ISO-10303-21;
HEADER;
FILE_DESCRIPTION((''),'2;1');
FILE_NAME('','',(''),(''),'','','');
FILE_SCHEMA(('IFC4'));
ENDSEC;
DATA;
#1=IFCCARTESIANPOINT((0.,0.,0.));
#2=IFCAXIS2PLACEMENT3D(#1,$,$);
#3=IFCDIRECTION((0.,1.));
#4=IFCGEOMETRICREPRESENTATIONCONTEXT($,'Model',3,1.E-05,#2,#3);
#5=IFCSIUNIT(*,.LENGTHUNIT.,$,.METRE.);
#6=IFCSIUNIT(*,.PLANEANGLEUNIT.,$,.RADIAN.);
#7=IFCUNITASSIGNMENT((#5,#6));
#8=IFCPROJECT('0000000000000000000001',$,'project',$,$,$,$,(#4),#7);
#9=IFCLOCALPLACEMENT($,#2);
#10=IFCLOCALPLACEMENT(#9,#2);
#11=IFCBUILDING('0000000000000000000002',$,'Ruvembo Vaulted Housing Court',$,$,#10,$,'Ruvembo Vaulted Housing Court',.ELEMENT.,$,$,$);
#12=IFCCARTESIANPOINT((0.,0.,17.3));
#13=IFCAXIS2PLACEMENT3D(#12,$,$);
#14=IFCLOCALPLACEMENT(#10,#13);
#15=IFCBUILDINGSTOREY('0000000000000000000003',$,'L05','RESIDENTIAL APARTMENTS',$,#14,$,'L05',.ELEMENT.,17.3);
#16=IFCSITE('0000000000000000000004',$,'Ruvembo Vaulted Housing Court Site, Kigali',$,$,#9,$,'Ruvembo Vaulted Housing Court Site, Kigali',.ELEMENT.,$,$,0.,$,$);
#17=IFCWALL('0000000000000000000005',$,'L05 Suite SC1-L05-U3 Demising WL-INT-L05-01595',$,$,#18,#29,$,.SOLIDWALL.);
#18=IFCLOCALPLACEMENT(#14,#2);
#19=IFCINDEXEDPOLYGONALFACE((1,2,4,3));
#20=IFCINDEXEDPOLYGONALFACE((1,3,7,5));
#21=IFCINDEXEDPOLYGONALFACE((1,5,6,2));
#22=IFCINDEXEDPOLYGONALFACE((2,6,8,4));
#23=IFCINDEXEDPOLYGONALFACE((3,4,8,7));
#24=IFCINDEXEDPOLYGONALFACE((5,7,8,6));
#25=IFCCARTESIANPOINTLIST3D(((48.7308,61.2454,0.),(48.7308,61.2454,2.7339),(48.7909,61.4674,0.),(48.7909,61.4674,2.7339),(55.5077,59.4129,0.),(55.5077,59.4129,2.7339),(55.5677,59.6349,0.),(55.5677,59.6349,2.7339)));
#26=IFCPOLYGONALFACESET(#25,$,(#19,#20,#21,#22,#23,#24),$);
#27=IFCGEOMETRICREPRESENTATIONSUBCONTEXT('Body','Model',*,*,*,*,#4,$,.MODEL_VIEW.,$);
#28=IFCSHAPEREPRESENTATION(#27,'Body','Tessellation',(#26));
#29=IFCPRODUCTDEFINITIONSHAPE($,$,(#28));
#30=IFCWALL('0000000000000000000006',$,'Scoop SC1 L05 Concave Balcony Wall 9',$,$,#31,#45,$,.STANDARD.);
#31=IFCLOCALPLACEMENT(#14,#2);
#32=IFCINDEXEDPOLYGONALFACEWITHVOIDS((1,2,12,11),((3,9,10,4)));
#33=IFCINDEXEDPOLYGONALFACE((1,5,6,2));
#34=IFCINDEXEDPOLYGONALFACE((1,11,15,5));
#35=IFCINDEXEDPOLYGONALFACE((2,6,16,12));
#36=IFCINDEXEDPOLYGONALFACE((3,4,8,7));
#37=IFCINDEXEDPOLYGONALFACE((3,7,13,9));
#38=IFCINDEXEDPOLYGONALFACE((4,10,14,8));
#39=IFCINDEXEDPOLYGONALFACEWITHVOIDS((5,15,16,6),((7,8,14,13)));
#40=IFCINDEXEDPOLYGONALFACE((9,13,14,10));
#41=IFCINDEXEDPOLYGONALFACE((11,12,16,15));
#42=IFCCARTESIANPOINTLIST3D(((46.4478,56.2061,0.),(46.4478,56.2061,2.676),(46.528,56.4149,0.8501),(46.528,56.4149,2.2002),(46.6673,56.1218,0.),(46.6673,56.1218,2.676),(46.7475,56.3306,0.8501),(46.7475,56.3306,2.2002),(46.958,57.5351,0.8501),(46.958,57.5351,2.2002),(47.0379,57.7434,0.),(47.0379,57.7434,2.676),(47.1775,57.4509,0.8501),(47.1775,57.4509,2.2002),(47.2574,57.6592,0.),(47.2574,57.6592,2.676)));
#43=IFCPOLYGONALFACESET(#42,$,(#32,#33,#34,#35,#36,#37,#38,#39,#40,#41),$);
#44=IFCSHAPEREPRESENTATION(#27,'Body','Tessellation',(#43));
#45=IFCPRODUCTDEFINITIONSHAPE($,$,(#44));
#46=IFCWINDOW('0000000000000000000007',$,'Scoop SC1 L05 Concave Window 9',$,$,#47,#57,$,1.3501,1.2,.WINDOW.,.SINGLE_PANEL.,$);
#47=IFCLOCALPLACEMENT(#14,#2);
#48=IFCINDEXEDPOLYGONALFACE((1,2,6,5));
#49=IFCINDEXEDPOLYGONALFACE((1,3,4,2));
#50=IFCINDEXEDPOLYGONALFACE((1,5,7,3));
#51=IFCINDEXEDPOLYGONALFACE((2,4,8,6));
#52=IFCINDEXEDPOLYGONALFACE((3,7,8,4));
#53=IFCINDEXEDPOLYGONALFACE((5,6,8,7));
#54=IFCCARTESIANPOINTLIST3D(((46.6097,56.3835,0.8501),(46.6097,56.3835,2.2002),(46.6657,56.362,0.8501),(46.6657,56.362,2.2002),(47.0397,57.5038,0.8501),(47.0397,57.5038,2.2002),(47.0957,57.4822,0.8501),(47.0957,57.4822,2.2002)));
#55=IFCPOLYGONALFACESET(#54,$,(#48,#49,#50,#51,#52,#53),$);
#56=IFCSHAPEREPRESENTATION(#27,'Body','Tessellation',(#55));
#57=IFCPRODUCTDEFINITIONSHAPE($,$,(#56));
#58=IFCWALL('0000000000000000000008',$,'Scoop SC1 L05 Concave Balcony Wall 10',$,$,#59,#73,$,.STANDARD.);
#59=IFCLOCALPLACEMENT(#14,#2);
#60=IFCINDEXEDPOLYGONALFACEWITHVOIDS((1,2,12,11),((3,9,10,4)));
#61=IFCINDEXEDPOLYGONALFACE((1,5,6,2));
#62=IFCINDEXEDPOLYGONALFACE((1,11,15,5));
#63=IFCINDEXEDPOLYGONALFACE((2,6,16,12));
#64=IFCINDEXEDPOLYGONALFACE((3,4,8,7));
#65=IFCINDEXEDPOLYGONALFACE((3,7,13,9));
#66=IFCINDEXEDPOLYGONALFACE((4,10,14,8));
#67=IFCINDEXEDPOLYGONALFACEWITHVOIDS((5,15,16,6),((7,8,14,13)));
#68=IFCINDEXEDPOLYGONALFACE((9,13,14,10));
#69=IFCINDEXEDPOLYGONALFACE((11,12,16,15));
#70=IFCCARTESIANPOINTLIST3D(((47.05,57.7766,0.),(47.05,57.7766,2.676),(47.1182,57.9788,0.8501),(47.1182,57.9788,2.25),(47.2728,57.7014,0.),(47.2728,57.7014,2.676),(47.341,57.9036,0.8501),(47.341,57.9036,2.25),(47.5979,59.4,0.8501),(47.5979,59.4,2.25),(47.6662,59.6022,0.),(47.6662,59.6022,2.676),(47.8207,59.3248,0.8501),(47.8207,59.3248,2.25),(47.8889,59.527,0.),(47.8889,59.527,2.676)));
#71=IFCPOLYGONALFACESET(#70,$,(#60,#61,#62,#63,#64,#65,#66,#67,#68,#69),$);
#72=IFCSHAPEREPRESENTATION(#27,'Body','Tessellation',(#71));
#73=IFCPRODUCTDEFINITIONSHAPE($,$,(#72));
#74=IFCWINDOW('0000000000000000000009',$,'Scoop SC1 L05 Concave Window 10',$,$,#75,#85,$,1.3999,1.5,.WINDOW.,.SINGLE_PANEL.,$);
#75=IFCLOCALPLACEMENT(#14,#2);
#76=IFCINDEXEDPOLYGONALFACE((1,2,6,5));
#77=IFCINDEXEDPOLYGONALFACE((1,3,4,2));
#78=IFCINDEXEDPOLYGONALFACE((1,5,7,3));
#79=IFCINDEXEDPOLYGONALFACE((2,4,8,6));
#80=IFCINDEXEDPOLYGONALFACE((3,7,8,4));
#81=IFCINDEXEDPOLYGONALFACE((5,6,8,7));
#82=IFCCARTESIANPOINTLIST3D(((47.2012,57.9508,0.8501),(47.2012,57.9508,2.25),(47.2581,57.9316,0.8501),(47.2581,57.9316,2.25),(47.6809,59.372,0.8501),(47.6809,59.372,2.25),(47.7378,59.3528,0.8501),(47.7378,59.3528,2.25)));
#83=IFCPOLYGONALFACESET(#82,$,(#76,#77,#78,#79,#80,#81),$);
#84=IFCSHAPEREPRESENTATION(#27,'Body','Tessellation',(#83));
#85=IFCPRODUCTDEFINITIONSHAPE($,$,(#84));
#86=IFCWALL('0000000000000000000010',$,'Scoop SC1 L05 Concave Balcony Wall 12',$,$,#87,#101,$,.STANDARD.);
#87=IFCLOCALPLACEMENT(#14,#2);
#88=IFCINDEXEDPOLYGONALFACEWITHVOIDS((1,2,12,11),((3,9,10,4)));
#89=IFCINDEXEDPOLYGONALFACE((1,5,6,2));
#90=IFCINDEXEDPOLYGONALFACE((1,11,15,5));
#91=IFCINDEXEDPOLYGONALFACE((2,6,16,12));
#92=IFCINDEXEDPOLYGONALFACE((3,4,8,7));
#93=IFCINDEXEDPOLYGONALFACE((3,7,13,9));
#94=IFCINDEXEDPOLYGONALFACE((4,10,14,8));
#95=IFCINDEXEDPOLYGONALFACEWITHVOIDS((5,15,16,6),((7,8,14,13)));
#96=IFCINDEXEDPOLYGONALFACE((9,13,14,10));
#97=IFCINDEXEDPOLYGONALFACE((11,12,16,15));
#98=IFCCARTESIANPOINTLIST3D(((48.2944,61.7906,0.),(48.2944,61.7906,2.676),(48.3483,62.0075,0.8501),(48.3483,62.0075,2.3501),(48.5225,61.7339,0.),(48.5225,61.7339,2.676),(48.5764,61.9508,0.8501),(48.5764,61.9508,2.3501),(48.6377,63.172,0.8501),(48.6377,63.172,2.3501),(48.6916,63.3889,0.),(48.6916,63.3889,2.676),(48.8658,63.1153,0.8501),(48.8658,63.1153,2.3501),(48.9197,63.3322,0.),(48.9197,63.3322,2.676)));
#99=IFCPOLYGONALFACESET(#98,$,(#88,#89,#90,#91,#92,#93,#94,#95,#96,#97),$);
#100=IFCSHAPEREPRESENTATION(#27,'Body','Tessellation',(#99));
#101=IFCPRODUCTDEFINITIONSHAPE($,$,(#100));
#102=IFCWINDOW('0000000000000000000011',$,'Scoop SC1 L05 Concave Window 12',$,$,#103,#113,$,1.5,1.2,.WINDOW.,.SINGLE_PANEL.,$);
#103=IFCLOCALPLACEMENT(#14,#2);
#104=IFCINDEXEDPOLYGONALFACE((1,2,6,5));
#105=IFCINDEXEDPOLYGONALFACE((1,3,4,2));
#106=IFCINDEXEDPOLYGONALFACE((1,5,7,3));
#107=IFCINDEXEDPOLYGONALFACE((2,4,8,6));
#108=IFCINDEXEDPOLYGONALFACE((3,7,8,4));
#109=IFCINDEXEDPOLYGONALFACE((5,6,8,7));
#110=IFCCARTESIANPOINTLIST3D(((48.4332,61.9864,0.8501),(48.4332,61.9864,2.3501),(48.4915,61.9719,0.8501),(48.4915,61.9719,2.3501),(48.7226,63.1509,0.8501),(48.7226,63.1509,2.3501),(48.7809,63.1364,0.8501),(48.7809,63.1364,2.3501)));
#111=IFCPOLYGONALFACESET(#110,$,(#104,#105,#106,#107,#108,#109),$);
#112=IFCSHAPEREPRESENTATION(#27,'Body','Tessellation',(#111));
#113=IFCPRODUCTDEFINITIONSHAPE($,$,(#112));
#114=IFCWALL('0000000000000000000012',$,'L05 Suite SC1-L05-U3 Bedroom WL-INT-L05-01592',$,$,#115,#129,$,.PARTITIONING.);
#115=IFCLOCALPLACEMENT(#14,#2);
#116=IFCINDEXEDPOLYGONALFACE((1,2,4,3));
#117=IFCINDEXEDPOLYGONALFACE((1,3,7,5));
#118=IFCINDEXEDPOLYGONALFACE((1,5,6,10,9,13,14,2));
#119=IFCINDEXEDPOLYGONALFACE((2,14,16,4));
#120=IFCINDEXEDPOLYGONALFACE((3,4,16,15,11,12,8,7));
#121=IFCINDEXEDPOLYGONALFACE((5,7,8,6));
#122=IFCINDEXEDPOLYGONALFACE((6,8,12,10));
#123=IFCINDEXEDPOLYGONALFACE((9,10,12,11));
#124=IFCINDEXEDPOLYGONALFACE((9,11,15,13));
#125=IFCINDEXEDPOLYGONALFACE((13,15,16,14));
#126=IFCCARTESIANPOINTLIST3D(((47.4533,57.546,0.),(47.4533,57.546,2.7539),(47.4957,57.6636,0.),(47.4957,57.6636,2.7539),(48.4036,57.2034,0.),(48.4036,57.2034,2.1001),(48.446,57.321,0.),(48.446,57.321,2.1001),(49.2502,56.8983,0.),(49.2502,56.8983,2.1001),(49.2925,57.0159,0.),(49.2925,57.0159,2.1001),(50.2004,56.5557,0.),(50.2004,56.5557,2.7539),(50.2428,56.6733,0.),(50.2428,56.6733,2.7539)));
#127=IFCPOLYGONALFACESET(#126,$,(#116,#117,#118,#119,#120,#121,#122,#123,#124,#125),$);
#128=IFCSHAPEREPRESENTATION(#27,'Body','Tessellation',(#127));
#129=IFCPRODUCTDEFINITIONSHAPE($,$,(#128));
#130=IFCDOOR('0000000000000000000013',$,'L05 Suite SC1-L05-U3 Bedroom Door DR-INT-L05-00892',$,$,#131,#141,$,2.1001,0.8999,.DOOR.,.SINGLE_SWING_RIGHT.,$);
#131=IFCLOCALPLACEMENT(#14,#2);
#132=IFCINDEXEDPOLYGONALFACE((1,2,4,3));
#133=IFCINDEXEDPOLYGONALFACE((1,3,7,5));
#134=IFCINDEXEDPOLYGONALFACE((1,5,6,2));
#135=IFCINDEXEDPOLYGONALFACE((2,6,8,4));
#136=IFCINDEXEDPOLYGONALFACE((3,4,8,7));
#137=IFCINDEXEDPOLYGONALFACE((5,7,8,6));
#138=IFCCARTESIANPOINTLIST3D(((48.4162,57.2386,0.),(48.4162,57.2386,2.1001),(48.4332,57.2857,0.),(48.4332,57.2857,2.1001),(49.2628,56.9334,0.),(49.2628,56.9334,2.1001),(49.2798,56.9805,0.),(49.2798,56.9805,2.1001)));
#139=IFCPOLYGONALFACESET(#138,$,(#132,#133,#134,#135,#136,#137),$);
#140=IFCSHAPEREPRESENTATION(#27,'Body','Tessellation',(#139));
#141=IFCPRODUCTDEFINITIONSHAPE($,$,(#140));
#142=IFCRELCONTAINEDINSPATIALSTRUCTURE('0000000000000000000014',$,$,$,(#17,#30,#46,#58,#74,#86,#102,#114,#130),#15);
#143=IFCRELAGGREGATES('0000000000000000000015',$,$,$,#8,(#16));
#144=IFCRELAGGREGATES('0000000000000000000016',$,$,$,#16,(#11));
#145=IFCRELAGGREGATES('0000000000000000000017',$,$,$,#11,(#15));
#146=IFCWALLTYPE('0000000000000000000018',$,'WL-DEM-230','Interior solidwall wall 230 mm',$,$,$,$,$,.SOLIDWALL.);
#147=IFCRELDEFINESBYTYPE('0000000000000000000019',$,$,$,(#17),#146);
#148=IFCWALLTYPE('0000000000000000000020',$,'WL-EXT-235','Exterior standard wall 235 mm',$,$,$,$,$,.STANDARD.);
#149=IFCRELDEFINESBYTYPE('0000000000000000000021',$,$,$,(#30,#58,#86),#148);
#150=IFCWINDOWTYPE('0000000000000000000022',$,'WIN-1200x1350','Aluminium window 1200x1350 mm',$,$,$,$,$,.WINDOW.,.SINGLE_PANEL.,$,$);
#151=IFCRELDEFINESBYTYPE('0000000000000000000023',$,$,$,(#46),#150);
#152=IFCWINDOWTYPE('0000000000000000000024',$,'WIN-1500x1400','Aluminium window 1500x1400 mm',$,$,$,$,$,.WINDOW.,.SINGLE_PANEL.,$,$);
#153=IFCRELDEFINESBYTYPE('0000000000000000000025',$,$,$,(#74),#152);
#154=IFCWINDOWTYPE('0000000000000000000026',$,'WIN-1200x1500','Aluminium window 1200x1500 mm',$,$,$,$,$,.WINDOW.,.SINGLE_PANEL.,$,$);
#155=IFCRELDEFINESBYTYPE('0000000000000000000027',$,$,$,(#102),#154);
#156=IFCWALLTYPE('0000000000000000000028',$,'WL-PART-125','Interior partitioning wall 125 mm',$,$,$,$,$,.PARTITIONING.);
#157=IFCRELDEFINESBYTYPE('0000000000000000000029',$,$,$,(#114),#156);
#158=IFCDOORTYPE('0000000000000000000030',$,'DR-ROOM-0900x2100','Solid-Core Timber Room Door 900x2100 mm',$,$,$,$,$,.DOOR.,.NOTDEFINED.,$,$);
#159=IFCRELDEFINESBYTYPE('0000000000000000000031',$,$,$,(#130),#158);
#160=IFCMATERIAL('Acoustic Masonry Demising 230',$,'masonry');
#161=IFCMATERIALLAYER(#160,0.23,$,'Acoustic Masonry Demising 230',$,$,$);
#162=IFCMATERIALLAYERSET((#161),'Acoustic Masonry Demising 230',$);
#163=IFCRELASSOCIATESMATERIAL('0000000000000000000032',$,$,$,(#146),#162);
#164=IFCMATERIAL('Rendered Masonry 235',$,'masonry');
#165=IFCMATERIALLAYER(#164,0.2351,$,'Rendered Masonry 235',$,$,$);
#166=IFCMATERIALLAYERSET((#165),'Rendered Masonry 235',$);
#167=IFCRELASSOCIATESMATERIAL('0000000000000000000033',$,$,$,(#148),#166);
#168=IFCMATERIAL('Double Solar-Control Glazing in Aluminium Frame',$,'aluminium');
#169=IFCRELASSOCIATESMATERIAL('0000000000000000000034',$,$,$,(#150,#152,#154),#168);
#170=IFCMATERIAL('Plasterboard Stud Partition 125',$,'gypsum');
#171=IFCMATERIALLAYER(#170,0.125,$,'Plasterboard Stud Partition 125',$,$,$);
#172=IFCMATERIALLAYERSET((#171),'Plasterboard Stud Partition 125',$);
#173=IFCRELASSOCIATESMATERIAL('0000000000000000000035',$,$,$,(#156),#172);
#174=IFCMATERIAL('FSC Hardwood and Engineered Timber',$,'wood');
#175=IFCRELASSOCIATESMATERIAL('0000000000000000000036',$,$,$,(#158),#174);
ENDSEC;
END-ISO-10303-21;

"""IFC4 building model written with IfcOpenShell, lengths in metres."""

from ifc_helpers import new_model, si_unit, direction, frame, frame_2d, origin, place, context, subcontext, project, spatial, rectangle, extrude, material, layer, layer_set, type_object, element, fill, save


model = new_model("IFC4")

# Units and contexts
model_context = context("Model", 3, precision=1e-05, world=origin(), true_north=direction((0.0, 1.0)))
body_context = subcontext(model_context, "Body", "Model", "MODEL_VIEW")
ifc_project = project(units=[si_unit("LENGTHUNIT", "METRE"), si_unit("PLANEANGLEUNIT", "RADIAN")], contexts=[model_context])

# Site, building, storey
site_placement = place(None, origin())
site = spatial("IfcSite", under=ifc_project, at=site_placement, Name="Ruvembo Vaulted Housing Court Site, Kigali", LongName="Ruvembo Vaulted Housing Court Site, Kigali", CompositionType="ELEMENT", RefElevation=0.0)
building_placement = place(site_placement, origin())
building = spatial("IfcBuilding", under=site, at=building_placement, Name="Ruvembo Vaulted Housing Court", LongName="Ruvembo Vaulted Housing Court", CompositionType="ELEMENT")
storey_placement = place(building_placement, frame((0.0, 0.0, 17.3)))
storey = spatial("IfcBuildingStorey", under=building, at=storey_placement, Name="L05", Description="RESIDENTIAL APARTMENTS", LongName="L05", CompositionType="ELEMENT", Elevation=17.3)

# Shared definitions
ifc_material_1 = material(Name="FSC Hardwood and Engineered Timber", Category="wood")

# Wall
ifc_material_2 = material(Name="Acoustic Masonry Demising 230", Category="masonry")
ifc_layer_1 = layer(ifc_material_2, 0.23, Name="Acoustic Masonry Demising 230")
ifc_layer_set_1 = layer_set([ifc_layer_1], Name="Acoustic Masonry Demising 230")
wall_type_1 = type_object("IfcWallType", Name="WL-DEM-230", Description="Interior solidwall wall 230 mm", PredefinedType="SOLIDWALL", material=ifc_layer_set_1)
wall_1_placement = place(storey_placement, frame((48.7607, 61.3564, 0.0), z_axis=(0.0, 0.0, 1.0), x_axis=(0.96533, -0.261033, 0.0)))
element("IfcWall", 1, at=wall_1_placement, inside=storey, type_object=wall_type_1, Name="L05 Suite SC1-L05-U3 Demising WL-INT-L05-01595", PredefinedType="SOLIDWALL", context=body_context, shape_type="SweptSolid", body=[
    extrude(rectangle(XDim=7.0203, YDim=0.23, at=frame_2d((3.5103, 0.0))), origin(), (0.0, 0.0, 1.0), 2.7339),
])

# Walls, openings, windows
ifc_material_3 = material(Name="Rendered Masonry 235", Category="masonry")
ifc_layer_2 = layer(ifc_material_3, 0.2351, Name="Rendered Masonry 235")
ifc_layer_set_2 = layer_set([ifc_layer_2], Name="Rendered Masonry 235")
wall_type_2 = type_object("IfcWallType", Name="WL-EXT-235", Description="Exterior standard wall 235 mm", PredefinedType="STANDARD", material=ifc_layer_set_2)
wall_2_placement = place(storey_placement, frame((46.5576, 56.1641, 0.0), z_axis=(0.0, 0.0, 1.0), x_axis=(0.358343, 0.93359, 0.0)))
wall_2 = element("IfcWall", 2, at=wall_2_placement, inside=storey, type_object=wall_type_2, Name="Scoop SC1 L05 Concave Balcony Wall 9", PredefinedType="STANDARD", context=body_context, shape_type="SweptSolid", body=[
    extrude(rectangle(XDim=1.6467, YDim=0.2351, at=frame_2d((0.8232, 0.0))), origin(), (0.0, 0.0, 1.0), 2.676),
])
opening_1_placement = place(wall_2_placement, frame((0.2234, 0.0, 0.8501)))
opening_1 = element("IfcOpeningElement", 3, at=opening_1_placement, cuts=wall_2, PredefinedType="OPENING", context=body_context, shape_type="SweptSolid", body=[
    extrude(rectangle(XDim=1.2, YDim=1.3501, at=frame_2d((0.6001, 0.675))), frame((0.0, 0.1274, 0.0), z_axis=(0.0, -1.0, 0.0), x_axis=(1.0, 0.0, 0.0)), (0.0, 0.0, 1.0), 0.2551),
])
ifc_material_4 = material(Name="Double Solar-Control Glazing in Aluminium Frame", Category="aluminium")
window_type_1 = type_object("IfcWindowType", Name="WIN-1200x1350", Description="Aluminium window 1200x1350 mm", PartitioningType="SINGLE_PANEL", PredefinedType="WINDOW", material=ifc_material_4)
window_1_placement = place(opening_1_placement, origin())
window_1 = element("IfcWindow", 4, at=window_1_placement, inside=storey, type_object=window_type_1, Name="Scoop SC1 L05 Concave Window 9", OverallHeight=1.3501, OverallWidth=1.2, PartitioningType="SINGLE_PANEL", PredefinedType="WINDOW", context=body_context, shape_type="SweptSolid", body=[
    extrude(rectangle(XDim=1.2, YDim=1.3501, at=frame_2d((0.6001, 0.675))), frame((0.0, 0.03, 0.0), z_axis=(0.0, -1.0, 0.0), x_axis=(1.0, 0.0, 0.0)), (0.0, 0.0, 1.0), 0.0601),
])
fill(opening_1, window_1)
wall_3_placement = place(storey_placement, frame((47.1614, 57.739, 0.0), z_axis=(0.0, 0.0, 1.0), x_axis=(0.319799, 0.947486, 0.0)))
wall_3 = element("IfcWall", 5, at=wall_3_placement, inside=storey, type_object=wall_type_2, Name="Scoop SC1 L05 Concave Balcony Wall 10", PredefinedType="STANDARD", context=body_context, shape_type="SweptSolid", body=[
    extrude(rectangle(XDim=1.9268, YDim=0.2351, at=frame_2d((0.9634, 0.0))), origin(), (0.0, 0.0, 1.0), 2.676),
])
opening_2_placement = place(wall_3_placement, frame((0.2134, 0.0, 0.8501)))
opening_2 = element("IfcOpeningElement", 6, at=opening_2_placement, cuts=wall_3, PredefinedType="OPENING", context=body_context, shape_type="SweptSolid", body=[
    extrude(rectangle(XDim=1.5, YDim=1.3999, at=frame_2d((0.75, 0.7))), frame((0.0, 0.1274, 0.0), z_axis=(0.0, -1.0, 0.0), x_axis=(1.0, 0.0, 0.0)), (0.0, 0.0, 1.0), 0.2551),
])
window_type_2 = type_object("IfcWindowType", Name="WIN-1500x1400", Description="Aluminium window 1500x1400 mm", PartitioningType="SINGLE_PANEL", PredefinedType="WINDOW", material=ifc_material_4)
window_2_placement = place(opening_2_placement, origin())
window_2 = element("IfcWindow", 7, at=window_2_placement, inside=storey, type_object=window_type_2, Name="Scoop SC1 L05 Concave Window 10", OverallHeight=1.3999, OverallWidth=1.5, PartitioningType="SINGLE_PANEL", PredefinedType="WINDOW", context=body_context, shape_type="SweptSolid", body=[
    extrude(rectangle(XDim=1.5, YDim=1.3999, at=frame_2d((0.75, 0.7))), frame((0.0, 0.03, 0.0), z_axis=(0.0, -1.0, 0.0), x_axis=(1.0, 0.0, 0.0)), (0.0, 0.0, 1.0), 0.0601),
])
fill(opening_2, window_2)

# Wall, opening, window
wall_4_placement = place(storey_placement, frame((48.4084, 61.7622, 0.0), z_axis=(0.0, 0.0, 1.0), x_axis=(0.241175, 0.970482, 0.0)))
wall_4 = element("IfcWall", 8, at=wall_4_placement, inside=storey, type_object=wall_type_2, Name="Scoop SC1 L05 Concave Balcony Wall 12", PredefinedType="STANDARD", context=body_context, shape_type="SweptSolid", body=[
    extrude(rectangle(XDim=1.647, YDim=0.2351, at=frame_2d((0.8235, 0.0))), origin(), (0.0, 0.0, 1.0), 2.676),
])
opening_3_placement = place(wall_4_placement, frame((0.2234, 0.0, 0.8501)))
opening_3 = element("IfcOpeningElement", 9, at=opening_3_placement, cuts=wall_4, PredefinedType="OPENING", context=body_context, shape_type="SweptSolid", body=[
    extrude(rectangle(XDim=1.2, YDim=1.5, at=frame_2d((0.6001, 0.75))), frame((0.0, 0.1274, 0.0), z_axis=(0.0, -1.0, 0.0), x_axis=(1.0, 0.0, 0.0)), (0.0, 0.0, 1.0), 0.2551),
])
window_type_3 = type_object("IfcWindowType", Name="WIN-1200x1500", Description="Aluminium window 1200x1500 mm", PartitioningType="SINGLE_PANEL", PredefinedType="WINDOW", material=ifc_material_4)
window_3_placement = place(opening_3_placement, origin())
window_3 = element("IfcWindow", 10, at=window_3_placement, inside=storey, type_object=window_type_3, Name="Scoop SC1 L05 Concave Window 12", OverallHeight=1.5, OverallWidth=1.2, PartitioningType="SINGLE_PANEL", PredefinedType="WINDOW", context=body_context, shape_type="SweptSolid", body=[
    extrude(rectangle(XDim=1.2, YDim=1.5, at=frame_2d((0.6001, 0.75))), frame((0.0, 0.03, 0.0), z_axis=(0.0, -1.0, 0.0), x_axis=(1.0, 0.0, 0.0)), (0.0, 0.0, 1.0), 0.0601),
])
fill(opening_3, window_3)

# Wall, opening, door
ifc_material_5 = material(Name="Plasterboard Stud Partition 125", Category="gypsum")
ifc_layer_3 = layer(ifc_material_5, 0.125, Name="Plasterboard Stud Partition 125")
ifc_layer_set_3 = layer_set([ifc_layer_3], Name="Plasterboard Stud Partition 125")
wall_type_3 = type_object("IfcWallType", Name="WL-PART-125", Description="Interior partitioning wall 125 mm", PredefinedType="PARTITIONING", material=ifc_layer_set_3)
wall_5_placement = place(storey_placement, frame((47.4746, 57.6047, 0.0), z_axis=(0.0, 0.0, 1.0), x_axis=(0.940747, -0.33911, 0.0)))
wall_5 = element("IfcWall", 11, at=wall_5_placement, inside=storey, type_object=wall_type_3, Name="L05 Suite SC1-L05-U3 Bedroom WL-INT-L05-01592", PredefinedType="PARTITIONING", context=body_context, shape_type="SweptSolid", body=[
    extrude(rectangle(XDim=2.9202, YDim=0.125, at=frame_2d((1.46, 0.0))), origin(), (0.0, 0.0, 1.0), 2.7539),
])
opening_4_placement = place(wall_5_placement, frame((1.01, 0.0, 0.0)))
opening_4 = element("IfcOpeningElement", 12, at=opening_4_placement, cuts=wall_5, PredefinedType="OPENING", context=body_context, shape_type="SweptSolid", body=[
    extrude(rectangle(XDim=0.8999, YDim=2.1001, at=frame_2d((0.45, 1.05))), frame((0.0, 0.0725, 0.0), z_axis=(0.0, -1.0, 0.0), x_axis=(1.0, 0.0, 0.0)), (0.0, 0.0, 1.0), 0.145),
])
door_type_1 = type_object("IfcDoorType", Name="DR-ROOM-0900x2100", Description="Solid-Core Timber Room Door 900x2100 mm", OperationType="NOTDEFINED", PredefinedType="DOOR", material=ifc_material_1)
door_1_placement = place(opening_4_placement, origin())
door_1 = element("IfcDoor", 13, at=door_1_placement, inside=storey, type_object=door_type_1, Name="L05 Suite SC1-L05-U3 Bedroom Door DR-INT-L05-00892", OperationType="SINGLE_SWING_RIGHT", OverallHeight=2.1001, OverallWidth=0.8999, PredefinedType="DOOR", context=body_context, shape_type="SweptSolid", body=[
    extrude(rectangle(XDim=0.8999, YDim=2.1001, at=frame_2d((0.45, 1.05))), frame((0.0, 0.0249, 0.0), z_axis=(0.0, -1.0, 0.0), x_axis=(1.0, 0.0, 0.0)), (0.0, 0.0, 1.0), 0.05),
])
fill(opening_4, door_1)

save(model, "model.ifc")
